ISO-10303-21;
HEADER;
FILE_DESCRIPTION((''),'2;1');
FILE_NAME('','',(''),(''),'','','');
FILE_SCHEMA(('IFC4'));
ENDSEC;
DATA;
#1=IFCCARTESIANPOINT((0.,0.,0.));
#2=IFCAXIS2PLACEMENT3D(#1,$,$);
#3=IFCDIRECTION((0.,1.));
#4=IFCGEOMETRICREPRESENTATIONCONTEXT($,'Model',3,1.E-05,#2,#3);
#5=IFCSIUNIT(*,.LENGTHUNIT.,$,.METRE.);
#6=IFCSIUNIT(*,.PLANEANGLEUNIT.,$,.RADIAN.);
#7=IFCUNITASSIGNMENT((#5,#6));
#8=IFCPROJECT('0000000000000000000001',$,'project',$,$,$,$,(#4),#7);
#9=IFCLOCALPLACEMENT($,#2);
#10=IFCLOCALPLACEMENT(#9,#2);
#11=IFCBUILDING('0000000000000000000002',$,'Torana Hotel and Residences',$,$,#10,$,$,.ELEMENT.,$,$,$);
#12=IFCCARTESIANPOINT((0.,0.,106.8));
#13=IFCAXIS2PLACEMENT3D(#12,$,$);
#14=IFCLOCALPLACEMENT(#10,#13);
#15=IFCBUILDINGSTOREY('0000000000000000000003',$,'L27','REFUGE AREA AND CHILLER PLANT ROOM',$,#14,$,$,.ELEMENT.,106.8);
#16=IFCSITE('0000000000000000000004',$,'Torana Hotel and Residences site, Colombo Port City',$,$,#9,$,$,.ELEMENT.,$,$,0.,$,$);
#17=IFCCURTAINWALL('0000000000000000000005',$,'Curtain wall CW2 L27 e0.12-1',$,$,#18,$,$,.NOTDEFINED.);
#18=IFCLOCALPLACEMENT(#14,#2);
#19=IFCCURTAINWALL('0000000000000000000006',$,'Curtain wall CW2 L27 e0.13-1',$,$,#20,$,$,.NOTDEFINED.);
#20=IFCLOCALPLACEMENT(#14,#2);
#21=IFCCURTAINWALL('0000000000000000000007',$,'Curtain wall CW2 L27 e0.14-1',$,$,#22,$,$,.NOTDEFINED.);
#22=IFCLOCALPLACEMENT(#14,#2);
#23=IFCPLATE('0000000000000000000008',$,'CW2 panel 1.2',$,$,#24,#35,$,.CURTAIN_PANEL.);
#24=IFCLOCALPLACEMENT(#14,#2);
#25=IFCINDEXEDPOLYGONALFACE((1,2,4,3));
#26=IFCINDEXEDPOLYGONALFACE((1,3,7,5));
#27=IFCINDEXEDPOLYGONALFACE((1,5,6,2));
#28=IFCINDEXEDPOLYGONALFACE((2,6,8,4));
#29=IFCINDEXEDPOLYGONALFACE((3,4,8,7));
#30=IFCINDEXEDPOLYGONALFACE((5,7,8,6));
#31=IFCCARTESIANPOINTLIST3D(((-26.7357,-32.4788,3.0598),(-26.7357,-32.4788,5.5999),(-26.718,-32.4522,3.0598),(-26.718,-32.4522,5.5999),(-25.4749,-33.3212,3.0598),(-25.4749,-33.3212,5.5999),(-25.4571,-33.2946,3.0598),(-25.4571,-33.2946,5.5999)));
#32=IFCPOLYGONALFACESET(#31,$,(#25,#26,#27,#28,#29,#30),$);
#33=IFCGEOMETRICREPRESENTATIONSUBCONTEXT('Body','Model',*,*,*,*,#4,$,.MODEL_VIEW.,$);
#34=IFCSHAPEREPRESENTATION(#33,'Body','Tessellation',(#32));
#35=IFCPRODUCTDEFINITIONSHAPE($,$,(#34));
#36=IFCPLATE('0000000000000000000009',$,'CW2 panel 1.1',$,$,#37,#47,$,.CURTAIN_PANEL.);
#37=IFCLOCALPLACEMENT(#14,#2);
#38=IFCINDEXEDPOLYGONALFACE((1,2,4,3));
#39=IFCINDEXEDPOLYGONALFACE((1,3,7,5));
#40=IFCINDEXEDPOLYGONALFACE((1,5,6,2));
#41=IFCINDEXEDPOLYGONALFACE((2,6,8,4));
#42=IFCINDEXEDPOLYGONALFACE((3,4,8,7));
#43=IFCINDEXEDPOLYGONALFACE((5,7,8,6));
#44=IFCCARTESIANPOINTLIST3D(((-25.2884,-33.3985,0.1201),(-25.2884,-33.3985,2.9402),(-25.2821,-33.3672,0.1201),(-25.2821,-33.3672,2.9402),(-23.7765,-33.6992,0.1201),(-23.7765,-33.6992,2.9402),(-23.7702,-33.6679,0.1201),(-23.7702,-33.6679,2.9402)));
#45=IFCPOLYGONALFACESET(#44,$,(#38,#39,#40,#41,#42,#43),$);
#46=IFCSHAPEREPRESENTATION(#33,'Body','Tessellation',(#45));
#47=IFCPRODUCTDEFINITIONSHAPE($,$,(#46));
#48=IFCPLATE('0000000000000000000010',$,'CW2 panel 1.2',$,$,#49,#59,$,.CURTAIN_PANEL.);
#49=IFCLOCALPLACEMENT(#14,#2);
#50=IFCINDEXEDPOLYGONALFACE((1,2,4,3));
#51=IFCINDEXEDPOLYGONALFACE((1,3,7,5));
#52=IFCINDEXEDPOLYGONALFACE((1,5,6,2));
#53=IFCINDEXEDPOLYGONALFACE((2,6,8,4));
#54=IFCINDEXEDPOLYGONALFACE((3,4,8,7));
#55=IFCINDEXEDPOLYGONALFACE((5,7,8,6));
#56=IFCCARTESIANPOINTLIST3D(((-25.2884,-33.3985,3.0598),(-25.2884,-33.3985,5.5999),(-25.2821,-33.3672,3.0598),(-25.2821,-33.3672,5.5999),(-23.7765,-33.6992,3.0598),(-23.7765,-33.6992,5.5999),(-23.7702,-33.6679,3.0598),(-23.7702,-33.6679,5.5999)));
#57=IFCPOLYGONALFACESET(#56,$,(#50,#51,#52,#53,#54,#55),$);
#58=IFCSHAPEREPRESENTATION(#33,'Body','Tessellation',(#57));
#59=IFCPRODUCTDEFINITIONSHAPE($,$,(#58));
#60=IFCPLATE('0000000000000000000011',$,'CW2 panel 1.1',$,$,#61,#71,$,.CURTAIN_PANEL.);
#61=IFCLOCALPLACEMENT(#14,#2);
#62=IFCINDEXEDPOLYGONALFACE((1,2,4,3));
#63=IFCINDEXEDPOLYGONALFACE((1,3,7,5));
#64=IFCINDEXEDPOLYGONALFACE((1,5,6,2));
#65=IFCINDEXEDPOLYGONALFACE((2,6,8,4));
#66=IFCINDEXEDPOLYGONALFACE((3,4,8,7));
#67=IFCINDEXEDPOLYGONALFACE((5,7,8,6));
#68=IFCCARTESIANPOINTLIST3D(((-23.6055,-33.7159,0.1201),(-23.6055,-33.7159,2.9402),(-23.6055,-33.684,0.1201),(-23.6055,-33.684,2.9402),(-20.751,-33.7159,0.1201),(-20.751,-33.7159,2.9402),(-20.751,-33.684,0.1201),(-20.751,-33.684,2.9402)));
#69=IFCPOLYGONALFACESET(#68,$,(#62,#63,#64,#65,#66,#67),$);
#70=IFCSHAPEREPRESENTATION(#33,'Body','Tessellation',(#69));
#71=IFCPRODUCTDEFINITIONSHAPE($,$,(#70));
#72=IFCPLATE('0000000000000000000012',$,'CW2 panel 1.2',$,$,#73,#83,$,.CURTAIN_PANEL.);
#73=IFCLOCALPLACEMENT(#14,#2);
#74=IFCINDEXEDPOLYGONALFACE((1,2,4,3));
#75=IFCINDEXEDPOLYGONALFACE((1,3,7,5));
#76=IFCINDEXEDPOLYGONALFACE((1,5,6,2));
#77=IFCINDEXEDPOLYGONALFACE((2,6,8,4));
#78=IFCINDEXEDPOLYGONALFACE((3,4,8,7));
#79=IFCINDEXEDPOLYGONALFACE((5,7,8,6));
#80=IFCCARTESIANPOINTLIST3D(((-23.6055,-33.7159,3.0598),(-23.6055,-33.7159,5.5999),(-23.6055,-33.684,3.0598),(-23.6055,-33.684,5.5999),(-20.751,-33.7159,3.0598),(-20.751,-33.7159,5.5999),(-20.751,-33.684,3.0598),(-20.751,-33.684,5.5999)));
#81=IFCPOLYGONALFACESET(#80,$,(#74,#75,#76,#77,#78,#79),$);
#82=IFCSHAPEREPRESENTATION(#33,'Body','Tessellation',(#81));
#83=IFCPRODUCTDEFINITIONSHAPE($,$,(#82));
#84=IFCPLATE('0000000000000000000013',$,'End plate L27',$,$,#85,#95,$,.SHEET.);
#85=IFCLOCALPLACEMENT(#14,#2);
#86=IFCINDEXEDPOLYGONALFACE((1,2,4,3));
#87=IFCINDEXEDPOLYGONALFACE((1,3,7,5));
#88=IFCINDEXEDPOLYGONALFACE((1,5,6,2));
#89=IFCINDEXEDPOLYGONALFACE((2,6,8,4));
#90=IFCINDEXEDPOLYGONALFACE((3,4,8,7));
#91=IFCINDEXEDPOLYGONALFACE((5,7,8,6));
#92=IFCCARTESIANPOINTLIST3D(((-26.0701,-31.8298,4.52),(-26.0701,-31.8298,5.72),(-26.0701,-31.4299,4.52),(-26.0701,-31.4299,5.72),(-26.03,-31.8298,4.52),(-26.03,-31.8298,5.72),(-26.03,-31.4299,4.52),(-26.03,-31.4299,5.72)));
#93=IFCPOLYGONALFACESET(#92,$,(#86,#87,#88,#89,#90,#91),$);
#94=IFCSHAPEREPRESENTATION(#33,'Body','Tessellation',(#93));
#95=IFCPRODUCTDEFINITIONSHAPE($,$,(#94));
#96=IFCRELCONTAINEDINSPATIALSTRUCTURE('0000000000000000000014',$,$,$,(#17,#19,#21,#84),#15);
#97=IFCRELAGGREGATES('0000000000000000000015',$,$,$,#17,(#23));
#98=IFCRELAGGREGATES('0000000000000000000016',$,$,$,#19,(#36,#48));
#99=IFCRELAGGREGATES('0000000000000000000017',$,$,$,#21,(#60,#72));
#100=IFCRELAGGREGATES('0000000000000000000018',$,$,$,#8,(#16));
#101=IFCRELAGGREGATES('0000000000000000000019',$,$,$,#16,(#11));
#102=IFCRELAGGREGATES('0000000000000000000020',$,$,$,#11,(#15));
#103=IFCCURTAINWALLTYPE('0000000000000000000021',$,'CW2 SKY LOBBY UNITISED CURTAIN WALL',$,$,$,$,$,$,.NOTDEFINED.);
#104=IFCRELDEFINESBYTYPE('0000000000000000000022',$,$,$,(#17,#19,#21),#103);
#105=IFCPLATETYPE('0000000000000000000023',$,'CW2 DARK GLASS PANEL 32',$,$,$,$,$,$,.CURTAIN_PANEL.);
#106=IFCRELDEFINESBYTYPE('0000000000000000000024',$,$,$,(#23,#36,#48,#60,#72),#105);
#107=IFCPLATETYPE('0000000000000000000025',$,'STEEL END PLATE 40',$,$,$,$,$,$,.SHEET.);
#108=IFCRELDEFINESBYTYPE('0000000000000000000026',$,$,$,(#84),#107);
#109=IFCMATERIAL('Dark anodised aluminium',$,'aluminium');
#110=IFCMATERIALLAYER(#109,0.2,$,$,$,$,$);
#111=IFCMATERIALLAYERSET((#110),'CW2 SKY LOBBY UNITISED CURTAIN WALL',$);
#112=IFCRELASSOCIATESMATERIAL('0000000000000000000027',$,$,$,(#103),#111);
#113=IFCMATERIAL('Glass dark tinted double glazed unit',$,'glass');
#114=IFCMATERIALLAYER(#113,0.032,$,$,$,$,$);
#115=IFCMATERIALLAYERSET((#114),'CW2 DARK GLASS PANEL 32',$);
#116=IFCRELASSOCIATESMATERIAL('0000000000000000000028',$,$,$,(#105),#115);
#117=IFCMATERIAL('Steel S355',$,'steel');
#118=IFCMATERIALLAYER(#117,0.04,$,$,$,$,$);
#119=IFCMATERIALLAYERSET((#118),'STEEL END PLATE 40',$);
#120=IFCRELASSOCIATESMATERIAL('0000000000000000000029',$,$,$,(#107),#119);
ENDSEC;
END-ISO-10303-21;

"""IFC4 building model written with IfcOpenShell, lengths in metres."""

from ifc_helpers import new_model, si_unit, direction, frame, origin, origin_2d, place, context, subcontext, project, spatial, rectangle, extrude, material, layer, layer_set, type_object, element, aggregate, save


model = new_model("IFC4")

# Units and contexts
model_context = context("Model", 3, precision=1e-05, world=origin(), true_north=direction((0.0, 1.0)))
body_context = subcontext(model_context, "Body", "Model", "MODEL_VIEW")
ifc_project = project(units=[si_unit("LENGTHUNIT", "METRE"), si_unit("PLANEANGLEUNIT", "RADIAN")], contexts=[model_context])

# Site, building, storey
site_placement = place(None, origin())
site = spatial("IfcSite", under=ifc_project, at=site_placement, Name="Torana Hotel and Residences site, Colombo Port City", CompositionType="ELEMENT", RefElevation=0.0)
building_placement = place(site_placement, origin())
building = spatial("IfcBuilding", under=site, at=building_placement, Name="Torana Hotel and Residences", CompositionType="ELEMENT")
storey_placement = place(building_placement, frame((0.0, 0.0, 106.8)))
storey = spatial("IfcBuildingStorey", under=building, at=storey_placement, Name="L27", Description="REFUGE AREA AND CHILLER PLANT ROOM", CompositionType="ELEMENT", Elevation=106.8)

# Curtain wall
ifc_material_1 = material(Name="Dark anodised aluminium", Category="aluminium")
ifc_layer_1 = layer(ifc_material_1, 0.2)
ifc_layer_set_1 = layer_set([ifc_layer_1], Name="CW2 SKY LOBBY UNITISED CURTAIN WALL")
curtain_wall_type = type_object("IfcCurtainWallType", Name="CW2 SKY LOBBY UNITISED CURTAIN WALL", PredefinedType="NOTDEFINED", material=ifc_layer_set_1)
curtain_wall_1_placement = place(storey_placement, origin())
curtain_wall_1 = element("IfcCurtainWall", 1, at=curtain_wall_1_placement, inside=storey, type_object=curtain_wall_type, Name="Curtain wall CW2 L27 e0.12-1", PredefinedType="NOTDEFINED")

# Curtain walls
curtain_wall_2_placement = place(storey_placement, origin())
curtain_wall_2 = element("IfcCurtainWall", 2, at=curtain_wall_2_placement, inside=storey, type_object=curtain_wall_type, Name="Curtain wall CW2 L27 e0.13-1", PredefinedType="NOTDEFINED")
curtain_wall_3_placement = place(storey_placement, origin())
curtain_wall_3 = element("IfcCurtainWall", 3, at=curtain_wall_3_placement, inside=storey, type_object=curtain_wall_type, Name="Curtain wall CW2 L27 e0.14-1", PredefinedType="NOTDEFINED")

# Plates
ifc_material_2 = material(Name="Glass dark tinted double glazed unit", Category="glass")
ifc_layer_2 = layer(ifc_material_2, 0.032)
ifc_layer_set_2 = layer_set([ifc_layer_2], Name="CW2 DARK GLASS PANEL 32")
plate_type_1 = type_object("IfcPlateType", Name="CW2 DARK GLASS PANEL 32", PredefinedType="CURTAIN_PANEL", material=ifc_layer_set_2)
plate_1_placement = place(storey_placement, frame((-26.0964, -32.8867, 3.0598), z_axis=(0.0, 0.0, 1.0), x_axis=(0.831474, -0.555564, 0.0)))
plate_1 = element("IfcPlate", 4, at=plate_1_placement, type_object=plate_type_1, Name="CW2 panel 1.2", PredefinedType="CURTAIN_PANEL", context=body_context, shape_type="SweptSolid", body=[
    extrude(rectangle(XDim=1.5164, YDim=0.032, at=origin_2d()), origin(), (0.0, 0.0, 1.0), 2.54),
])
aggregate(curtain_wall_1, [plate_1])
plate_2_placement = place(storey_placement, frame((-24.5293, -33.5332, 0.1201), z_axis=(0.0, 0.0, 1.0), x_axis=(0.980791, -0.195064, 0.0)))
plate_2 = element("IfcPlate", 5, at=plate_2_placement, type_object=plate_type_1, Name="CW2 panel 1.1", PredefinedType="CURTAIN_PANEL", context=body_context, shape_type="SweptSolid", body=[
    extrude(rectangle(XDim=1.5415, YDim=0.032, at=origin_2d()), origin(), (0.0, 0.0, 1.0), 2.8201),
])
plate_3_placement = place(storey_placement, frame((-24.5293, -33.5332, 3.0598), z_axis=(0.0, 0.0, 1.0), x_axis=(0.980791, -0.195064, 0.0)))
plate_3 = element("IfcPlate", 6, at=plate_3_placement, type_object=plate_type_1, Name="CW2 panel 1.2", PredefinedType="CURTAIN_PANEL", context=body_context, shape_type="SweptSolid", body=[
    extrude(rectangle(XDim=1.5415, YDim=0.032, at=origin_2d()), origin(), (0.0, 0.0, 1.0), 2.54),
])
aggregate(curtain_wall_2, [plate_2, plate_3])
plate_4_placement = place(storey_placement, frame((-22.1782, -33.7, 0.1201), z_axis=(0.0, 0.0, 1.0), x_axis=(1.0, 0.0, 0.0)))
plate_4 = element("IfcPlate", 7, at=plate_4_placement, type_object=plate_type_1, Name="CW2 panel 1.1", PredefinedType="CURTAIN_PANEL", context=body_context, shape_type="SweptSolid", body=[
    extrude(rectangle(XDim=2.8545, YDim=0.032, at=origin_2d()), origin(), (0.0, 0.0, 1.0), 2.8201),
])
plate_5_placement = place(storey_placement, frame((-22.1782, -33.7, 3.0598), z_axis=(0.0, 0.0, 1.0), x_axis=(1.0, 0.0, 0.0)))
plate_5 = element("IfcPlate", 8, at=plate_5_placement, type_object=plate_type_1, Name="CW2 panel 1.2", PredefinedType="CURTAIN_PANEL", context=body_context, shape_type="SweptSolid", body=[
    extrude(rectangle(XDim=2.8545, YDim=0.032, at=origin_2d()), origin(), (0.0, 0.0, 1.0), 2.54),
])
aggregate(curtain_wall_3, [plate_4, plate_5])
ifc_material_3 = material(Name="Steel S355", Category="steel")
ifc_layer_3 = layer(ifc_material_3, 0.04)
ifc_layer_set_3 = layer_set([ifc_layer_3], Name="STEEL END PLATE 40")
plate_type_2 = type_object("IfcPlateType", Name="STEEL END PLATE 40", PredefinedType="SHEET", material=ifc_layer_set_3)
plate_6_placement = place(storey_placement, frame((-26.05, -31.6299, 4.52), z_axis=(0.0, 0.0, 1.0), x_axis=(-1.0, 0.0, 0.0)))
element("IfcPlate", 9, at=plate_6_placement, inside=storey, type_object=plate_type_2, Name="End plate L27", PredefinedType="SHEET", context=body_context, shape_type="SweptSolid", body=[
    extrude(rectangle(XDim=0.04, YDim=0.3999, at=origin_2d()), origin(), (0.0, 0.0, 1.0), 1.2),
])

save(model, "model.ifc")
